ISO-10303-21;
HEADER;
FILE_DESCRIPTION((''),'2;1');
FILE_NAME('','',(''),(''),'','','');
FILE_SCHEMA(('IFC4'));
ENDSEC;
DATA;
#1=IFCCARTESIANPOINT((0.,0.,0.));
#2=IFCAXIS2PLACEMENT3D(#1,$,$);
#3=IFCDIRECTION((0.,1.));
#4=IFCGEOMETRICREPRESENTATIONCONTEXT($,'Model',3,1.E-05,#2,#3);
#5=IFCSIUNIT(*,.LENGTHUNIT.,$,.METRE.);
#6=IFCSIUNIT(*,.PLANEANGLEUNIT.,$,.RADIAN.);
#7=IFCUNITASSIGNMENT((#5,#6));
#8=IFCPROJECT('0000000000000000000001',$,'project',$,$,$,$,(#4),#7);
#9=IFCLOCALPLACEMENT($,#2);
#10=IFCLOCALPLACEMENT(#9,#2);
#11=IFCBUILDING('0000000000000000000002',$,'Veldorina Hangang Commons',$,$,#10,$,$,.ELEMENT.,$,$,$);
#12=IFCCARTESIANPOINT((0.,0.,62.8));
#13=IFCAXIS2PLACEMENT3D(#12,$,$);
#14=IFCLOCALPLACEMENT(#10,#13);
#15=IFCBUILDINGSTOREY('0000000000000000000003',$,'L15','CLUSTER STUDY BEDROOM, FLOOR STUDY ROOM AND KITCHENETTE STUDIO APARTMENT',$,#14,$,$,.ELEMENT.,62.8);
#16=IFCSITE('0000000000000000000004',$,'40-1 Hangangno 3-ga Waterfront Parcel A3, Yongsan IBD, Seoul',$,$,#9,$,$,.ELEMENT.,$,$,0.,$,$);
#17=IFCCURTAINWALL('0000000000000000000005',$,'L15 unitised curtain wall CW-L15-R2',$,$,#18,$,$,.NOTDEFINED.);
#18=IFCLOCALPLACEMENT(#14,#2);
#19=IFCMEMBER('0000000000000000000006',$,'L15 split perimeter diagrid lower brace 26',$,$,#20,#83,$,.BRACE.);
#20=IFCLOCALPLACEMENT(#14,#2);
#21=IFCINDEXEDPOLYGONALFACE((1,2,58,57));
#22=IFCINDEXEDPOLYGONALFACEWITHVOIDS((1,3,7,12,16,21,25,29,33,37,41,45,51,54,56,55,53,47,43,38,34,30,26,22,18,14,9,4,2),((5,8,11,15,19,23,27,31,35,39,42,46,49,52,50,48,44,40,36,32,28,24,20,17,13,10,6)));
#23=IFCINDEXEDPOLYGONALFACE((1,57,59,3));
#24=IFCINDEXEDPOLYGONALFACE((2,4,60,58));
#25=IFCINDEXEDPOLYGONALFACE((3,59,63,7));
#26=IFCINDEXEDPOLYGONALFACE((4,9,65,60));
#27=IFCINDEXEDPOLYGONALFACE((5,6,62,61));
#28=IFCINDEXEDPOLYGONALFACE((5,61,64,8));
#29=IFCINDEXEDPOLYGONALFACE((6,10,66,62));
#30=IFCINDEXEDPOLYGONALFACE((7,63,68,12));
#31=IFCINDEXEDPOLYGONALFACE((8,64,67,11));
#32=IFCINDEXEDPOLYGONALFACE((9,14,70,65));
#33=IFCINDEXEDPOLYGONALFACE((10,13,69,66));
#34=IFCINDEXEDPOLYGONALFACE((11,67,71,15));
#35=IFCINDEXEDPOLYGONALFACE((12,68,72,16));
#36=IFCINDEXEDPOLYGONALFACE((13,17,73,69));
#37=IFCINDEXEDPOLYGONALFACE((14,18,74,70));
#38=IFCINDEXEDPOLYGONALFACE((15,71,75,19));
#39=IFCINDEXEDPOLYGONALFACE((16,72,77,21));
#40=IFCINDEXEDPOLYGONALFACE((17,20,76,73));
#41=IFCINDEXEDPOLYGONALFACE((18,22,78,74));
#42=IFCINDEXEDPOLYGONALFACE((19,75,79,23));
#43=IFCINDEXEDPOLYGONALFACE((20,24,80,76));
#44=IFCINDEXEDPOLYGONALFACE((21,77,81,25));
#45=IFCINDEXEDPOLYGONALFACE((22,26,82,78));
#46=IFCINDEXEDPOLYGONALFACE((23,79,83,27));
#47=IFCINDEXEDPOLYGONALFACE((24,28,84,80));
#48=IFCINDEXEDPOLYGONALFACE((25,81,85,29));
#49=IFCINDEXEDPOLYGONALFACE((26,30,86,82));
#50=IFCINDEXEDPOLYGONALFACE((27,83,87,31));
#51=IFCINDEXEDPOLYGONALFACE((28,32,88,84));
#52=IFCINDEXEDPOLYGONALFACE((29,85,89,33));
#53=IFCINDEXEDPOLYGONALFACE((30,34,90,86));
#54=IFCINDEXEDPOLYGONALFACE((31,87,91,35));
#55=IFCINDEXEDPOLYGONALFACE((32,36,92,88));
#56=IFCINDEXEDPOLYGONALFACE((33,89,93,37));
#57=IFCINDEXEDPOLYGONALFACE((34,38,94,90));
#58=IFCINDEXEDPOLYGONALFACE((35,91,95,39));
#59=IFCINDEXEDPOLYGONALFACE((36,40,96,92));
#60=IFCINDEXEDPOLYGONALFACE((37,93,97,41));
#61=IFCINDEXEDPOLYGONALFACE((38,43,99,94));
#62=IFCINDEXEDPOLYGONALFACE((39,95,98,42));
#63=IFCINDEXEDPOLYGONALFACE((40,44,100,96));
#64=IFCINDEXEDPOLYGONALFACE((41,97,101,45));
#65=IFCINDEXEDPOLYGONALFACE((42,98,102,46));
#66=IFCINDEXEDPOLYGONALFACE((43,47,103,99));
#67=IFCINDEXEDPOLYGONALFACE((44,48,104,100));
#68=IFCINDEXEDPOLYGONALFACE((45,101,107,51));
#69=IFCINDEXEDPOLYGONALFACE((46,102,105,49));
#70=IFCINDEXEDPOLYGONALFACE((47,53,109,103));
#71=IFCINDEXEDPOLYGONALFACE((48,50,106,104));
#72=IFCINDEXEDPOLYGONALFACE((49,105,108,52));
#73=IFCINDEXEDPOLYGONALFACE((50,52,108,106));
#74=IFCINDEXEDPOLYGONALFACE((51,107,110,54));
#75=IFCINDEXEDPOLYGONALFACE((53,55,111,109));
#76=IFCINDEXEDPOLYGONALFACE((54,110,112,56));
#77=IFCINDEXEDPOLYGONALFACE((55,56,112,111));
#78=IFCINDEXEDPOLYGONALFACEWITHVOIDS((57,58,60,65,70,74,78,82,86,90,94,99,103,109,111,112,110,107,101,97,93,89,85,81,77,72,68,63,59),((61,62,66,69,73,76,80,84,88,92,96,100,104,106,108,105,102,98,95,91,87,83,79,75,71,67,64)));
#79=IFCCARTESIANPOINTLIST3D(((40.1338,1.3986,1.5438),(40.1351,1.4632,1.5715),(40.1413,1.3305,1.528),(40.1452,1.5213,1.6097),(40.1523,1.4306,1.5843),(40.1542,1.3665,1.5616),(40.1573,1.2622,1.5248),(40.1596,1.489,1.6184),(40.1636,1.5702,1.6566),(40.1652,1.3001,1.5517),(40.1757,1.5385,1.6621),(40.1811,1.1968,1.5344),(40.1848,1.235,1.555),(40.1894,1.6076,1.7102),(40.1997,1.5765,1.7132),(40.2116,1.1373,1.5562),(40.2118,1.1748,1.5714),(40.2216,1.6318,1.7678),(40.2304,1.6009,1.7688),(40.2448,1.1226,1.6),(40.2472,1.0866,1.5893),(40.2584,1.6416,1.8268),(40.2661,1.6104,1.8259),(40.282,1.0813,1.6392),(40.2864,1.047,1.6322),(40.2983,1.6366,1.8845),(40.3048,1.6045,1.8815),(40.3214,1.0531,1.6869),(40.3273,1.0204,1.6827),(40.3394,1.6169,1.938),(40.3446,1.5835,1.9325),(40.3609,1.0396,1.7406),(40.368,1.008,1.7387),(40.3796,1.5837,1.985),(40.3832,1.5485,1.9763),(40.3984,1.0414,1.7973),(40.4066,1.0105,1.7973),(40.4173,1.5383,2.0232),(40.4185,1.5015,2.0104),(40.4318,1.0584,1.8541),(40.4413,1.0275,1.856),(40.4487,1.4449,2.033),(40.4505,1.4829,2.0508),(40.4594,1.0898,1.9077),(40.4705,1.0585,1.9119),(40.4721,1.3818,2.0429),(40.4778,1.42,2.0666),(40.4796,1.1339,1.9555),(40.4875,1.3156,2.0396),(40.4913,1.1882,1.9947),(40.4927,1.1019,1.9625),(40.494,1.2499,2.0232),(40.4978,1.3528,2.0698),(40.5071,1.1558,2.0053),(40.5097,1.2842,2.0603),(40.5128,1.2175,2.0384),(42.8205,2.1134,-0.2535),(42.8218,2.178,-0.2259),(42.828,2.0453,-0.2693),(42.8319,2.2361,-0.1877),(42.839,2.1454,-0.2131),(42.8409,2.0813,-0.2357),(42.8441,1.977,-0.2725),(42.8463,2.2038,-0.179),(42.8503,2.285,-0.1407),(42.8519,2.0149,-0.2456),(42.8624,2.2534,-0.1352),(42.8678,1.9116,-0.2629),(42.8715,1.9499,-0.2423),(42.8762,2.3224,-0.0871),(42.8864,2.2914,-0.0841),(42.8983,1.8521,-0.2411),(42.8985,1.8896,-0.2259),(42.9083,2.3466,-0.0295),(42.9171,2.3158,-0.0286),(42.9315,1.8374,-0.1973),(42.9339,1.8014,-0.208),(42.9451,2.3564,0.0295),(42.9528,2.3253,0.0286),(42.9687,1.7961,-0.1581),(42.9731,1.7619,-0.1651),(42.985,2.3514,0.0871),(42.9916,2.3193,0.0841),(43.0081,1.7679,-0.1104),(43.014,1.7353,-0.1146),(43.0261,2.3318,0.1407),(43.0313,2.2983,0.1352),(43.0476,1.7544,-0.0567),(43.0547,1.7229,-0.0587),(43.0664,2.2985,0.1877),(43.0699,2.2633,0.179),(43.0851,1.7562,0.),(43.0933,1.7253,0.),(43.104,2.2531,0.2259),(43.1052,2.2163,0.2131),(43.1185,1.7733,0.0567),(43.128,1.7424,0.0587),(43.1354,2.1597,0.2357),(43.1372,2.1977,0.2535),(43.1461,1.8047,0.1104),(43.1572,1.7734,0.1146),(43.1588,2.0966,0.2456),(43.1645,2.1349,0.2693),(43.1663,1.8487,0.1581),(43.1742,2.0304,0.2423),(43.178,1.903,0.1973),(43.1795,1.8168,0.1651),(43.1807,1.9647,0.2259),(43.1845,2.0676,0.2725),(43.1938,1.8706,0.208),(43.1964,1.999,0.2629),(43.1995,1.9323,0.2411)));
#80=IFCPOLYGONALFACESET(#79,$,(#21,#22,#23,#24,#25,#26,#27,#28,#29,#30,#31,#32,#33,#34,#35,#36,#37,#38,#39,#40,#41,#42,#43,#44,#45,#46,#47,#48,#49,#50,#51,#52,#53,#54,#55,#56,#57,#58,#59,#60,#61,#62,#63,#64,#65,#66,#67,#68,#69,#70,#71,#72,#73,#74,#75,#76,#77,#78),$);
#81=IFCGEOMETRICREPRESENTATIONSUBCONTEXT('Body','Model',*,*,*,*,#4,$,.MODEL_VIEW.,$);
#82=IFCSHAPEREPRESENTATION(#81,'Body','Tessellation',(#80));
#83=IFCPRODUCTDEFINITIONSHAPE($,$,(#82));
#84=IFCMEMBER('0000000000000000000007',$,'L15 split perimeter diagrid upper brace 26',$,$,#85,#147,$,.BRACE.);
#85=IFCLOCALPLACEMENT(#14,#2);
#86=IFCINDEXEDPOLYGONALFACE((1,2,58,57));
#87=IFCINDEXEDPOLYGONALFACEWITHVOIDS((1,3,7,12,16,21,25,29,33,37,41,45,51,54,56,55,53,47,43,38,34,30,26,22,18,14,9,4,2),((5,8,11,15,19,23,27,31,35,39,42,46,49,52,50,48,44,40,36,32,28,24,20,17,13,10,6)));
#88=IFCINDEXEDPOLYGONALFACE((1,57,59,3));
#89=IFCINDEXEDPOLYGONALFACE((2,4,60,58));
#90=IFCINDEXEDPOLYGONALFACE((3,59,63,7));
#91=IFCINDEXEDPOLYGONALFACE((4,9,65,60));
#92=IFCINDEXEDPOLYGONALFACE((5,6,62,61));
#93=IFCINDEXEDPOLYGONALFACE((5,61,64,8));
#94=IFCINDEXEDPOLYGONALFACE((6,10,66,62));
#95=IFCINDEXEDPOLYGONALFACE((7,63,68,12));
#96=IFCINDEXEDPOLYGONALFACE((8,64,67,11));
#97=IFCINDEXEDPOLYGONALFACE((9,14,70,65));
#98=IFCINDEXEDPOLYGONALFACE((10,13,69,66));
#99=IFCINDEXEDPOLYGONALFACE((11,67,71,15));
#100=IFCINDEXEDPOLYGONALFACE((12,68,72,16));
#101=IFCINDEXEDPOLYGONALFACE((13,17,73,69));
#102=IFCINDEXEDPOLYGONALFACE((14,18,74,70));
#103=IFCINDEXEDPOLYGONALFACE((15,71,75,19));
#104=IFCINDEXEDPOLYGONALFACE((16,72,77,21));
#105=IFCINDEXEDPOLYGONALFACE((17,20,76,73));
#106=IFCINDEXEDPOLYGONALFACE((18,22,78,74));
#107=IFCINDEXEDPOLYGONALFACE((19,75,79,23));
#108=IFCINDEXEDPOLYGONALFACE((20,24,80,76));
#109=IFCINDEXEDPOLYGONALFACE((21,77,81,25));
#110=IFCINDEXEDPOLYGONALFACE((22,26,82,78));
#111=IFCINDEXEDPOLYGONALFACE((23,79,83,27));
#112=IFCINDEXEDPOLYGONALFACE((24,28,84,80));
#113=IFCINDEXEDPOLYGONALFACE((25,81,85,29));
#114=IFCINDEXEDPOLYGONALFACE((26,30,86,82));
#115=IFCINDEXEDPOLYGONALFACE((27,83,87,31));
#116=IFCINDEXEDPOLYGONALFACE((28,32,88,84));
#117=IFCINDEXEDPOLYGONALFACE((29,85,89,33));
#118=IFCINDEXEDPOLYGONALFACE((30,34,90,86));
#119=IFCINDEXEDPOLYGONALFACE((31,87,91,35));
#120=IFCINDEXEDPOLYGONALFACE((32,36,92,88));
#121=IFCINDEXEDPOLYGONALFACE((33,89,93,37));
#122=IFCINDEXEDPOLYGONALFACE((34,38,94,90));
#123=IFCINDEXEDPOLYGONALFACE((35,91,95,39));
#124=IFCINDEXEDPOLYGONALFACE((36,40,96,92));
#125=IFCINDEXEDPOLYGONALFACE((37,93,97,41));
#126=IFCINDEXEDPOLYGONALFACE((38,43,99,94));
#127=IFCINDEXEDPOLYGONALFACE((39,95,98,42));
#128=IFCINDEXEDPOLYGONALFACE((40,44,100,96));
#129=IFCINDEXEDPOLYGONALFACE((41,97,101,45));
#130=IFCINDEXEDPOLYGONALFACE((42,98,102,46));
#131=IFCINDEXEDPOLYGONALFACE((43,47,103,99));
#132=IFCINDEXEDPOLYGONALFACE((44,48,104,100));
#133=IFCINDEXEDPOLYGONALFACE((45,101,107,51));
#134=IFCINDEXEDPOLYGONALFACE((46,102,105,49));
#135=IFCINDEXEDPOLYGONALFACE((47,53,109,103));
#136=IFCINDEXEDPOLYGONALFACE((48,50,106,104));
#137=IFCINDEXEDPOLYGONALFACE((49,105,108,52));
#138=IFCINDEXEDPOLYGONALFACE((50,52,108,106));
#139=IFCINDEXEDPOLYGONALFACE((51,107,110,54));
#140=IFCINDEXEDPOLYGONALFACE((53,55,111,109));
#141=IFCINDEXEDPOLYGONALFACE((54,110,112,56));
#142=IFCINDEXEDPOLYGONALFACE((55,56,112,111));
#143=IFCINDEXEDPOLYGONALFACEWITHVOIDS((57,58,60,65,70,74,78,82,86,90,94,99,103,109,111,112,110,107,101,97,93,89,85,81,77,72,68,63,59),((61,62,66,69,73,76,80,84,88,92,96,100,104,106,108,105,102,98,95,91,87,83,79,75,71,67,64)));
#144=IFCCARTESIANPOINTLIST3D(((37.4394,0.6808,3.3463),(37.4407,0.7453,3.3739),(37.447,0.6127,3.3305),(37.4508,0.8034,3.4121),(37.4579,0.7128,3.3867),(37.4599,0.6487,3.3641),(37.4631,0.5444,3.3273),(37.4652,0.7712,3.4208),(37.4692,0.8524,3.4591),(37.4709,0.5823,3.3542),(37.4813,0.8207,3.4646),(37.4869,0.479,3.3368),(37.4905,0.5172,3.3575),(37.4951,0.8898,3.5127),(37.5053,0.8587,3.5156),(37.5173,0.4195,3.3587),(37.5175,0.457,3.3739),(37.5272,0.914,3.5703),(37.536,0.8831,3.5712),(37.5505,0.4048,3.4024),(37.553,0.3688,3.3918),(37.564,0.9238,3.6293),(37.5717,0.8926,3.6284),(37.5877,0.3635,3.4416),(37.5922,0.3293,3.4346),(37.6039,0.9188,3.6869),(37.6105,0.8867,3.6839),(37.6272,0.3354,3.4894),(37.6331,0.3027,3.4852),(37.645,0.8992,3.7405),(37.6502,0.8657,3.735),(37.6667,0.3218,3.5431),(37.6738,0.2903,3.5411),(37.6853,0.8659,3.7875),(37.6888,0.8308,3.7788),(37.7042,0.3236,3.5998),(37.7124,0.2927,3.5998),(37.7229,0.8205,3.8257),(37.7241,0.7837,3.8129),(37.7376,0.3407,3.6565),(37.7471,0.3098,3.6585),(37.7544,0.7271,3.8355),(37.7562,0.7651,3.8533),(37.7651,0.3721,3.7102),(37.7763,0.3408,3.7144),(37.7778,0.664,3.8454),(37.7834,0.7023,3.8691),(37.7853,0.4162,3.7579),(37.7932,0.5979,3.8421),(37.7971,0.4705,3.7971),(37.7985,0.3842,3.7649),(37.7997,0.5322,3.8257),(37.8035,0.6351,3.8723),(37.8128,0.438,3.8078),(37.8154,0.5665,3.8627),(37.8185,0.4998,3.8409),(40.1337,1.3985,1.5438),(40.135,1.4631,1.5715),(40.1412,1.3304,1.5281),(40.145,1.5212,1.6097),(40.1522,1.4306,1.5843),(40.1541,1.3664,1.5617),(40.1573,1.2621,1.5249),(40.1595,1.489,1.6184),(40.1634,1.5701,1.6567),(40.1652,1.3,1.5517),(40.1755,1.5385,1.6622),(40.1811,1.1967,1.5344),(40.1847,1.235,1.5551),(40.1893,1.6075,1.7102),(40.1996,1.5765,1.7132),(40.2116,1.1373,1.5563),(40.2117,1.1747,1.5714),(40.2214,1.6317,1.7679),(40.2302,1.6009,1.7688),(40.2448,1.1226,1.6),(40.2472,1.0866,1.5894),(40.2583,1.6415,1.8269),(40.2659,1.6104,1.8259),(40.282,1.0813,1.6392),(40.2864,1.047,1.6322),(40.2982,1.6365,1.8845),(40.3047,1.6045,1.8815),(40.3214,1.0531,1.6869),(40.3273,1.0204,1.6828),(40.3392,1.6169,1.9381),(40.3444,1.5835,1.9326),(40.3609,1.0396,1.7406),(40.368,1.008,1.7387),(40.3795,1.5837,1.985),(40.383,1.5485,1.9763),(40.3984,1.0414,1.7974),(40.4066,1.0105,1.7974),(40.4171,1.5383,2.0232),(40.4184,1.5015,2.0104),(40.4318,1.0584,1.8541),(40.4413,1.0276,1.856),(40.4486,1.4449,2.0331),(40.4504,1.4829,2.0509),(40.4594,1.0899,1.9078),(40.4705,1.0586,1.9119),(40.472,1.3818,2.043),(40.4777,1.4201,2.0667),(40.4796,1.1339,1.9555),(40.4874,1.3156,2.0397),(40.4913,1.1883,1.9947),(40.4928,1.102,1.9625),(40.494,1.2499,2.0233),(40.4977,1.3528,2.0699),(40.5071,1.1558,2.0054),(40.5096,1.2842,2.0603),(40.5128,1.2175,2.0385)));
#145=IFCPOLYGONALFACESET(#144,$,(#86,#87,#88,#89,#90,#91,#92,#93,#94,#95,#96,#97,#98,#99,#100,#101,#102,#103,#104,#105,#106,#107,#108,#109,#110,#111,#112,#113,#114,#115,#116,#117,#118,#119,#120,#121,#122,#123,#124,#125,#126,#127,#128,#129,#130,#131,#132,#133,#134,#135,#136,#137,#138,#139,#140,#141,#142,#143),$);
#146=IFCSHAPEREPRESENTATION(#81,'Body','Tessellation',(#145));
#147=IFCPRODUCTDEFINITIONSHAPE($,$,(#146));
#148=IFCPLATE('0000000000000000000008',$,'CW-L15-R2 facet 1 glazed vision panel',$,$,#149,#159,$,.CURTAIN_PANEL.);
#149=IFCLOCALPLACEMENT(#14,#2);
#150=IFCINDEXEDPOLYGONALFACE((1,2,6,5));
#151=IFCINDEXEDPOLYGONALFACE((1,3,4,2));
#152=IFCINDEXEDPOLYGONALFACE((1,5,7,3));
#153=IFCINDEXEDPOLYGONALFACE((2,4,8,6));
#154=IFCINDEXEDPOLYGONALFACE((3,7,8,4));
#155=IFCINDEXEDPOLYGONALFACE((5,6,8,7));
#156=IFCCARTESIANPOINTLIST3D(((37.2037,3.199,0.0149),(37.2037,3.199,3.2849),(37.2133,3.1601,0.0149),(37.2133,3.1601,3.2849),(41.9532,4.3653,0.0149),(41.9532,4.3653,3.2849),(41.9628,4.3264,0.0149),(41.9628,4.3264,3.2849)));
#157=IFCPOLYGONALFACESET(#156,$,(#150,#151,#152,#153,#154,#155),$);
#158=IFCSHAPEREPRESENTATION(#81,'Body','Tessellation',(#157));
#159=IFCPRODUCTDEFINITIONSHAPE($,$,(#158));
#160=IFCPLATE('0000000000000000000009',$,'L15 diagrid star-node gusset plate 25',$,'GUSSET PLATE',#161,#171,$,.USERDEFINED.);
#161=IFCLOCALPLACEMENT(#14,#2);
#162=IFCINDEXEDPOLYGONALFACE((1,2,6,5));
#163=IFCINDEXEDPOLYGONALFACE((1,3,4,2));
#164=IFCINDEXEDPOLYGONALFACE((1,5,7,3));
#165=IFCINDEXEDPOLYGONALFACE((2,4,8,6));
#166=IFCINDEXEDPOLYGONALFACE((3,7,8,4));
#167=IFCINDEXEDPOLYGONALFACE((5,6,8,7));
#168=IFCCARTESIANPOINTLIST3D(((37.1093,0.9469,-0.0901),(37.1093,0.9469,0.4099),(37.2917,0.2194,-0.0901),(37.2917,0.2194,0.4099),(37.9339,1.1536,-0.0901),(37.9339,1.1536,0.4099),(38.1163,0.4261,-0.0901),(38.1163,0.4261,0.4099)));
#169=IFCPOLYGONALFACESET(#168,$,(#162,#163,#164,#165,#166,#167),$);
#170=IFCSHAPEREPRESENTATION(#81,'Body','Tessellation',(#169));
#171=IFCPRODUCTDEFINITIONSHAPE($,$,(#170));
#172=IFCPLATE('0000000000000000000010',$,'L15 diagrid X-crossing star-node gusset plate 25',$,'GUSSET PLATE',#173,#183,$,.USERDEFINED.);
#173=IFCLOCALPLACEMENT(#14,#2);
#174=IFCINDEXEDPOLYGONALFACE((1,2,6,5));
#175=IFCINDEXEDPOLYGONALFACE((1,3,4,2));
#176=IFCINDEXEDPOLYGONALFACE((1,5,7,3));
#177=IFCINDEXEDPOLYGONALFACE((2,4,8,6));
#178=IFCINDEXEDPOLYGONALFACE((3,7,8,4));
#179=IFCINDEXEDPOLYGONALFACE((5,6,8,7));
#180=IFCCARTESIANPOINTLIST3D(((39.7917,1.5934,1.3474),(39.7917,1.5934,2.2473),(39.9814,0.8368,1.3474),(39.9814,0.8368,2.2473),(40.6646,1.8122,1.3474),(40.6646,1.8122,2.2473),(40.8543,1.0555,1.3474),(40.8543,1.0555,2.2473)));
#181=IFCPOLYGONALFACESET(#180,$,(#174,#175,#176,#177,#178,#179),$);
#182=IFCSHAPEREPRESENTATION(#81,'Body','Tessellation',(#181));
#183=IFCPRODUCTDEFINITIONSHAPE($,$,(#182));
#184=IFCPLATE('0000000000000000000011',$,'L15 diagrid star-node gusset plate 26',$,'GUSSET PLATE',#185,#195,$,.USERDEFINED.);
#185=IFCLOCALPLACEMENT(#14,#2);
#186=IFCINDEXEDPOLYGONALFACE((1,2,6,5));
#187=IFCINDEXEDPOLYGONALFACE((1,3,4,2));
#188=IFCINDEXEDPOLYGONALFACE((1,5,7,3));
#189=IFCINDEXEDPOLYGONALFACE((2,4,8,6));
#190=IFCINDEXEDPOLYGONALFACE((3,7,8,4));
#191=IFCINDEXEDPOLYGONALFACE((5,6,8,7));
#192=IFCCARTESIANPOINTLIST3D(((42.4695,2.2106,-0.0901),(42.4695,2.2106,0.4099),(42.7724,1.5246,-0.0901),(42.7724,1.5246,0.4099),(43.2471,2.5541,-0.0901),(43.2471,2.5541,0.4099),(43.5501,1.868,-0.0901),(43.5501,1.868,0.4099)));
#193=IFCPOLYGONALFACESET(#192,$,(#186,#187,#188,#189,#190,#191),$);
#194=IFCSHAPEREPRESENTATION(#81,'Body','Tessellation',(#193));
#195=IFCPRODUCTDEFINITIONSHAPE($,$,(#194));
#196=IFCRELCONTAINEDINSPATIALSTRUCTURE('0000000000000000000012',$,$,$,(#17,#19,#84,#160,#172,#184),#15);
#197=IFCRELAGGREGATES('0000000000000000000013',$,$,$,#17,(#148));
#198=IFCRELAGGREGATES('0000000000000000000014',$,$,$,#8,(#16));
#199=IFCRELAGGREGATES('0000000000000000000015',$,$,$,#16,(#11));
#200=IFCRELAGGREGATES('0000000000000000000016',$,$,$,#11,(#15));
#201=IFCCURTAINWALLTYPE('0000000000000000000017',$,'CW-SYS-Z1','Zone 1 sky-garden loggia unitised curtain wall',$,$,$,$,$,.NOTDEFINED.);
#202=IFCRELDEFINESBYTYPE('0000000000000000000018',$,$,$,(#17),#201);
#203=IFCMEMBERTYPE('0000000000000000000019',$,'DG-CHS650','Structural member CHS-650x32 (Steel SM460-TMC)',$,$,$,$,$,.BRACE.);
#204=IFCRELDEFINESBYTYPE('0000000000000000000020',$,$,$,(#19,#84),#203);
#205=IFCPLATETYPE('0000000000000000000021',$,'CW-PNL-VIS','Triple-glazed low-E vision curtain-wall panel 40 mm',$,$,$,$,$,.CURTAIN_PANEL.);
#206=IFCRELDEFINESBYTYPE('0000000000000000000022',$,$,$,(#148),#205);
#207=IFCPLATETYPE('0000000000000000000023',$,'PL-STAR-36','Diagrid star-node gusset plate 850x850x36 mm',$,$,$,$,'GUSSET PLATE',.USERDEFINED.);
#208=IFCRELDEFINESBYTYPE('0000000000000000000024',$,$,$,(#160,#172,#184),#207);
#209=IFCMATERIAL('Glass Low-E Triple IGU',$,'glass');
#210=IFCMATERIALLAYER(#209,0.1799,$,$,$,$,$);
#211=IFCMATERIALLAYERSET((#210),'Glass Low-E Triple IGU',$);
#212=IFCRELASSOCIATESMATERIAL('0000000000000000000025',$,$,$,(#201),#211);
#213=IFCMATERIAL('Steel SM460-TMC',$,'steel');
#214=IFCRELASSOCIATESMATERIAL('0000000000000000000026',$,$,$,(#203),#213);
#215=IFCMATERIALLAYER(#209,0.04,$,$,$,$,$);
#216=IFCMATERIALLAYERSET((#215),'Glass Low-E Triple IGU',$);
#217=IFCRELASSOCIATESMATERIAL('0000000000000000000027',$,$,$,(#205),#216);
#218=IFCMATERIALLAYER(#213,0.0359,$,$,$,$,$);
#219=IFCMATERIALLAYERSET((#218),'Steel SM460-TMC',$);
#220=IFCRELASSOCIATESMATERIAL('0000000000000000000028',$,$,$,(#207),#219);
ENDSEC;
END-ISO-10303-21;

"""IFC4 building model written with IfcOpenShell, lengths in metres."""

from ifc_helpers import new_model, si_unit, direction, frame, origin, origin_2d, place, context, subcontext, project, spatial, rectangle, hollow_circle, extrude, material, layer, layer_set, material_profile, profile_set, type_object, element, aggregate, save


model = new_model("IFC4")

# Units and contexts
model_context = context("Model", 3, precision=1e-05, world=origin(), true_north=direction((0.0, 1.0)))
body_context = subcontext(model_context, "Body", "Model", "MODEL_VIEW")
ifc_project = project(units=[si_unit("LENGTHUNIT", "METRE"), si_unit("PLANEANGLEUNIT", "RADIAN")], contexts=[model_context])

# Site, building, storey
site_placement = place(None, origin())
site = spatial("IfcSite", under=ifc_project, at=site_placement, Name="40-1 Hangangno 3-ga Waterfront Parcel A3, Yongsan IBD, Seoul", CompositionType="ELEMENT", RefElevation=0.0)
building_placement = place(site_placement, origin())
building = spatial("IfcBuilding", under=site, at=building_placement, Name="Veldorina Hangang Commons", CompositionType="ELEMENT")
storey_placement = place(building_placement, frame((0.0, 0.0, 62.8)))
storey = spatial("IfcBuildingStorey", under=building, at=storey_placement, Name="L15", Description="CLUSTER STUDY BEDROOM, FLOOR STUDY ROOM AND KITCHENETTE STUDIO APARTMENT", CompositionType="ELEMENT", Elevation=62.8)

# Curtain wall
ifc_material_1 = material(Name="Glass Low-E Triple IGU", Category="glass")
ifc_layer_1 = layer(ifc_material_1, 0.1799)
ifc_layer_set_1 = layer_set([ifc_layer_1], Name="Glass Low-E Triple IGU")
curtain_wall_type = type_object("IfcCurtainWallType", Name="CW-SYS-Z1", Description="Zone 1 sky-garden loggia unitised curtain wall", PredefinedType="NOTDEFINED", material=ifc_layer_set_1)
curtain_wall_placement = place(storey_placement, origin())
curtain_wall = element("IfcCurtainWall", 1, at=curtain_wall_placement, inside=storey, type_object=curtain_wall_type, Name="L15 unitised curtain wall CW-L15-R2", PredefinedType="NOTDEFINED")

# Members
ifc_material_2 = material(Name="Steel SM460-TMC", Category="steel")
ifc_material_profile_1 = material_profile(ifc_material_2, hollow_circle(Radius=0.325, WallThickness=0.032, at=origin_2d()), Name="CHS-650x32")
ifc_profile_set_1 = profile_set([ifc_material_profile_1], Name="Steel SM460-TMC")
member_type_1 = type_object("IfcMemberType", Name="DG-CHS650", Description="Structural member CHS-650x32 (Steel SM460-TMC)", PredefinedType="BRACE", material=ifc_profile_set_1)
member_1_placement = place(storey_placement, frame((43.0098, 2.0393, 0.0), z_axis=(-0.811559, -0.215924, 0.542908), x_axis=(0.257116, -0.966381, 0.0)))
element("IfcMember", 2, at=member_1_placement, inside=storey, type_object=member_type_1, Name="L15 split perimeter diagrid lower brace 26", PredefinedType="BRACE", context=body_context, shape_type="SweptSolid", body=[
    extrude(hollow_circle(Radius=0.325, WallThickness=0.032, at=origin_2d()), origin(), (0.0, 0.0, 1.0), 3.3105),
])
member_2_placement = place(storey_placement, frame((40.323, 1.3245, 1.7974), z_axis=(-0.811502, -0.216185, 0.542889), x_axis=(0.257423, -0.966299, 0.0)))
element("IfcMember", 3, at=member_2_placement, inside=storey, type_object=member_type_1, Name="L15 split perimeter diagrid upper brace 26", PredefinedType="BRACE", context=body_context, shape_type="SweptSolid", body=[
    extrude(hollow_circle(Radius=0.325, WallThickness=0.032, at=origin_2d()), origin(), (0.0, 0.0, 1.0), 3.3201),
])

# Plate
ifc_layer_2 = layer(ifc_material_1, 0.04)
ifc_layer_set_2 = layer_set([ifc_layer_2], Name="Glass Low-E Triple IGU")
plate_type_1 = type_object("IfcPlateType", Name="CW-PNL-VIS", Description="Triple-glazed low-E vision curtain-wall panel 40 mm", PredefinedType="CURTAIN_PANEL", material=ifc_layer_set_2)
plate_1_placement = place(storey_placement, frame((39.5833, 3.7627, 0.0149), z_axis=(0.0, 0.0, 1.0), x_axis=(0.971147, 0.238483, 0.0)))
plate_1 = element("IfcPlate", 4, at=plate_1_placement, type_object=plate_type_1, Name="CW-L15-R2 facet 1 glazed vision panel", PredefinedType="CURTAIN_PANEL", context=body_context, shape_type="SweptSolid", body=[
    extrude(rectangle(XDim=4.8906, YDim=0.04, at=origin_2d()), origin(), (0.0, 0.0, 1.0), 3.27),
])
aggregate(curtain_wall, [plate_1])

# Plates
ifc_layer_3 = layer(ifc_material_2, 0.0359)
ifc_layer_set_3 = layer_set([ifc_layer_3], Name="Steel SM460-TMC")
plate_type_2 = type_object("IfcPlateType", Name="PL-STAR-36", Description="Diagrid star-node gusset plate 850x850x36 mm", ElementType="GUSSET PLATE", PredefinedType="USERDEFINED", material=ifc_layer_set_3)
plate_2_placement = place(storey_placement, frame((37.6128, 0.6865, -0.0901), z_axis=(0.0, 0.0, 1.0), x_axis=(0.969995, 0.243124, 0.0)))
element("IfcPlate", 5, at=plate_2_placement, inside=storey, type_object=plate_type_2, Name="L15 diagrid star-node gusset plate 25", ObjectType="GUSSET PLATE", PredefinedType="USERDEFINED", context=body_context, shape_type="SweptSolid", body=[
    extrude(rectangle(XDim=0.8501, YDim=0.75, at=origin_2d()), origin(), (0.0, 0.0, 1.0), 0.5),
])
plate_3_placement = place(storey_placement, frame((40.323, 1.3245, 1.3474), z_axis=(0.0, 0.0, 1.0), x_axis=(0.969995, 0.243124, 0.0)))
element("IfcPlate", 6, at=plate_3_placement, inside=storey, type_object=plate_type_2, Name="L15 diagrid X-crossing star-node gusset plate 25", ObjectType="GUSSET PLATE", PredefinedType="USERDEFINED", context=body_context, shape_type="SweptSolid", body=[
    extrude(rectangle(XDim=0.8999, YDim=0.78, at=origin_2d()), origin(), (0.0, 0.0, 1.0), 0.8999),
])
plate_4_placement = place(storey_placement, frame((43.0098, 2.0393, -0.0901), z_axis=(0.0, 0.0, 1.0), x_axis=(0.914769, 0.403976, 0.0)))
element("IfcPlate", 7, at=plate_4_placement, inside=storey, type_object=plate_type_2, Name="L15 diagrid star-node gusset plate 26", ObjectType="GUSSET PLATE", PredefinedType="USERDEFINED", context=body_context, shape_type="SweptSolid", body=[
    extrude(rectangle(XDim=0.8501, YDim=0.75, at=origin_2d()), origin(), (0.0, 0.0, 1.0), 0.5),
])

save(model, "model.ifc")
